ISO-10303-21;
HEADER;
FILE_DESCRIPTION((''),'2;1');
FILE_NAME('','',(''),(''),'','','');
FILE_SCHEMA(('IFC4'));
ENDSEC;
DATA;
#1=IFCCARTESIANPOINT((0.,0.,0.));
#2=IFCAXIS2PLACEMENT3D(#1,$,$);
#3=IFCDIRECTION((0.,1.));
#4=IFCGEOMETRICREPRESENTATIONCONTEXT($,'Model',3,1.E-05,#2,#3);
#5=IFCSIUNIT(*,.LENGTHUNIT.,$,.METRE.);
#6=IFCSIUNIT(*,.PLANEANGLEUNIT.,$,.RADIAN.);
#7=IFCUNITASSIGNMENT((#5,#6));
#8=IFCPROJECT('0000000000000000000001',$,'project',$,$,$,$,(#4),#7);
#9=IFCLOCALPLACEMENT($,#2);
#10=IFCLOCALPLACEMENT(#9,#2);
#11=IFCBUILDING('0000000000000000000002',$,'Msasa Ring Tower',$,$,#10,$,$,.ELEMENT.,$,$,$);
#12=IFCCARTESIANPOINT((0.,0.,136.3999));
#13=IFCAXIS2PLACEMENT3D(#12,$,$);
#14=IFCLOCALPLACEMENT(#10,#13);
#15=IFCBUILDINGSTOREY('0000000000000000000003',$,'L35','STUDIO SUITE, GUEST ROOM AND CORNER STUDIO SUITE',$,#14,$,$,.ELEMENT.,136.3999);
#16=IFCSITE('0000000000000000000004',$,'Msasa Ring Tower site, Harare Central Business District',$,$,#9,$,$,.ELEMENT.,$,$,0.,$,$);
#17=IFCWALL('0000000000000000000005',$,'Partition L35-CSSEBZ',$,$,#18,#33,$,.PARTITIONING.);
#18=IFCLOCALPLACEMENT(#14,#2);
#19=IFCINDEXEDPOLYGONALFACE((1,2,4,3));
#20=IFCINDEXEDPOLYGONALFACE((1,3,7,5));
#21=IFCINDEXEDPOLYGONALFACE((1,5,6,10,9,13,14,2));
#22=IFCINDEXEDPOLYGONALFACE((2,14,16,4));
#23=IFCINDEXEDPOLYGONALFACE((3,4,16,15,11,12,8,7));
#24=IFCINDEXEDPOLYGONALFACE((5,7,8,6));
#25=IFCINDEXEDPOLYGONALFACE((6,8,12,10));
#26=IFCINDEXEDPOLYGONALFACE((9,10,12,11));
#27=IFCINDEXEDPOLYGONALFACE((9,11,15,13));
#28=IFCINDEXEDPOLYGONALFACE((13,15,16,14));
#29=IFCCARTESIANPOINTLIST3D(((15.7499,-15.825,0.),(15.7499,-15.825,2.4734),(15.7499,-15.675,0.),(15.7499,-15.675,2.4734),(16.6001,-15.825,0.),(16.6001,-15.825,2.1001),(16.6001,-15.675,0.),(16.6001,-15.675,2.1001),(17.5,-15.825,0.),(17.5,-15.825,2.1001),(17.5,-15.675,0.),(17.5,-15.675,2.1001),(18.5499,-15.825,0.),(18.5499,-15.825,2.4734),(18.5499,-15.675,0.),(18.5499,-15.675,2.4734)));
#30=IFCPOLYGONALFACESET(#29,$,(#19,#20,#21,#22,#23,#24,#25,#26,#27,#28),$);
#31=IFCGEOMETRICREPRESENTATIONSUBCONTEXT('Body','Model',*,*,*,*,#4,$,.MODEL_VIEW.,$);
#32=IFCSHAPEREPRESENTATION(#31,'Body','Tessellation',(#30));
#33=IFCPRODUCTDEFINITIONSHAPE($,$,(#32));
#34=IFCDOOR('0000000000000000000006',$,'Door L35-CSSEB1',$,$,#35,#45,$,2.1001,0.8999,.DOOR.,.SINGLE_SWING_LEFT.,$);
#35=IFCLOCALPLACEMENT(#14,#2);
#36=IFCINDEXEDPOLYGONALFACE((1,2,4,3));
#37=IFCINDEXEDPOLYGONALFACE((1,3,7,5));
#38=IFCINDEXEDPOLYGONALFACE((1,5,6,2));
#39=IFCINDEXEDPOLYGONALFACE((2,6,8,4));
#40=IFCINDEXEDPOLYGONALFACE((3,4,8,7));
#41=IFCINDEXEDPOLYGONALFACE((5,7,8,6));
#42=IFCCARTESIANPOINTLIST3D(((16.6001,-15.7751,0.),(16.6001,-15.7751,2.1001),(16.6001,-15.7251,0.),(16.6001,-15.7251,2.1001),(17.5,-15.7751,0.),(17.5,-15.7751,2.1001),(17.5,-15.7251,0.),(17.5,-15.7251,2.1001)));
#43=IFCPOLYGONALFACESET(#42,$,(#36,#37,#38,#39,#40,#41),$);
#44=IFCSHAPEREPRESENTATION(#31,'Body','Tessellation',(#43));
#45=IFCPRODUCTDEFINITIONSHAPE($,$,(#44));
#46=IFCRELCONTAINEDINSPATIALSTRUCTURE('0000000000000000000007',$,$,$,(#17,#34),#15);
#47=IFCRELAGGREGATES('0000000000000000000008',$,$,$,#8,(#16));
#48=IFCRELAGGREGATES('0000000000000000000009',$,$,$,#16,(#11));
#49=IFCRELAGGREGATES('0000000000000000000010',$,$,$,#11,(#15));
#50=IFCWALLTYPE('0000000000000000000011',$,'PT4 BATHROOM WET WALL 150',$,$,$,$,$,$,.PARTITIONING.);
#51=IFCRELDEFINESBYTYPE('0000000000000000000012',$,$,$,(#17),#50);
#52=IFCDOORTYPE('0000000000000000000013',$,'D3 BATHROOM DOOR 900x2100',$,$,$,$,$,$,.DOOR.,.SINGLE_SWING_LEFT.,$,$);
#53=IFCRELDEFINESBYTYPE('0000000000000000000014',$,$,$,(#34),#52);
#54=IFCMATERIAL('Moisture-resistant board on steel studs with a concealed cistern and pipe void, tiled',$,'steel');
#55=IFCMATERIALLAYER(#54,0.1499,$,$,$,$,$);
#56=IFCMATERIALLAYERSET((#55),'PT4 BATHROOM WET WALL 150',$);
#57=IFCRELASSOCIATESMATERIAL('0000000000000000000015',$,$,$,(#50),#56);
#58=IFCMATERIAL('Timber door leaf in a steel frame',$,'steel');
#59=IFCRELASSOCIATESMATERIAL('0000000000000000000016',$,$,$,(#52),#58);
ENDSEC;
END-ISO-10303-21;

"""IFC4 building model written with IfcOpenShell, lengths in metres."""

from ifc_helpers import new_model, si_unit, direction, frame, frame_2d, origin, place, context, subcontext, project, spatial, rectangle, extrude, material, layer, layer_set, type_object, element, fill, save


model = new_model("IFC4")

# Units and contexts
model_context = context("Model", 3, precision=1e-05, world=origin(), true_north=direction((0.0, 1.0)))
body_context = subcontext(model_context, "Body", "Model", "MODEL_VIEW")
ifc_project = project(units=[si_unit("LENGTHUNIT", "METRE"), si_unit("PLANEANGLEUNIT", "RADIAN")], contexts=[model_context])

# Site, building, storey
site_placement = place(None, origin())
site = spatial("IfcSite", under=ifc_project, at=site_placement, Name="Msasa Ring Tower site, Harare Central Business District", CompositionType="ELEMENT", RefElevation=0.0)
building_placement = place(site_placement, origin())
building = spatial("IfcBuilding", under=site, at=building_placement, Name="Msasa Ring Tower", CompositionType="ELEMENT")
storey_placement = place(building_placement, frame((0.0, 0.0, 136.3999)))
storey = spatial("IfcBuildingStorey", under=building, at=storey_placement, Name="L35", Description="STUDIO SUITE, GUEST ROOM AND CORNER STUDIO SUITE", CompositionType="ELEMENT", Elevation=136.3999)

# Shared definitions
ifc_material_1 = material(Name="Moisture-resistant board on steel studs with a concealed cistern and pipe void, tiled", Category="steel")
ifc_layer_1 = layer(ifc_material_1, 0.1499)
ifc_layer_set_1 = layer_set([ifc_layer_1], Name="PT4 BATHROOM WET WALL 150")
wall_type_1 = type_object("IfcWallType", Name="PT4 BATHROOM WET WALL 150", PredefinedType="PARTITIONING", material=ifc_layer_set_1)
ifc_material_2 = material(Name="Timber door leaf in a steel frame", Category="steel")
door_type_1 = type_object("IfcDoorType", Name="D3 BATHROOM DOOR 900x2100", OperationType="SINGLE_SWING_LEFT", PredefinedType="DOOR", material=ifc_material_2)

# Wall, opening, door
wall_1_placement = place(storey_placement, frame((15.75, -15.75, 0.0), z_axis=(0.0, 0.0, 1.0), x_axis=(1.0, 0.0, 0.0)))
wall_1 = element("IfcWall", 1, at=wall_1_placement, inside=storey, type_object=wall_type_1, Name="Partition L35-CSSEBZ", PredefinedType="PARTITIONING", context=body_context, shape_type="SweptSolid", body=[
    extrude(rectangle(XDim=2.8, YDim=0.1499, at=frame_2d((1.3999, 0.0))), origin(), (0.0, 0.0, 1.0), 2.4734),
])
opening_1_placement = place(wall_1_placement, frame((0.8501, 0.0, 0.0)))
opening_1 = element("IfcOpeningElement", 2, at=opening_1_placement, cuts=wall_1, PredefinedType="OPENING", context=body_context, shape_type="SweptSolid", body=[
    extrude(rectangle(XDim=0.8999, YDim=2.1001, at=frame_2d((0.45, 1.05))), frame((0.0, 0.085, 0.0), z_axis=(0.0, -1.0, 0.0), x_axis=(1.0, 0.0, 0.0)), (0.0, 0.0, 1.0), 0.1699),
])
door_1_placement = place(opening_1_placement, origin())
door_1 = element("IfcDoor", 3, at=door_1_placement, inside=storey, type_object=door_type_1, Name="Door L35-CSSEB1", OperationType="SINGLE_SWING_LEFT", OverallHeight=2.1001, OverallWidth=0.8999, PredefinedType="DOOR", context=body_context, shape_type="SweptSolid", body=[
    extrude(rectangle(XDim=0.8999, YDim=2.1001, at=frame_2d((0.45, 1.05))), frame((0.0, 0.0249, 0.0), z_axis=(0.0, -1.0, 0.0), x_axis=(1.0, 0.0, 0.0)), (0.0, 0.0, 1.0), 0.05),
])
fill(opening_1, door_1)

save(model, "model.ifc")
